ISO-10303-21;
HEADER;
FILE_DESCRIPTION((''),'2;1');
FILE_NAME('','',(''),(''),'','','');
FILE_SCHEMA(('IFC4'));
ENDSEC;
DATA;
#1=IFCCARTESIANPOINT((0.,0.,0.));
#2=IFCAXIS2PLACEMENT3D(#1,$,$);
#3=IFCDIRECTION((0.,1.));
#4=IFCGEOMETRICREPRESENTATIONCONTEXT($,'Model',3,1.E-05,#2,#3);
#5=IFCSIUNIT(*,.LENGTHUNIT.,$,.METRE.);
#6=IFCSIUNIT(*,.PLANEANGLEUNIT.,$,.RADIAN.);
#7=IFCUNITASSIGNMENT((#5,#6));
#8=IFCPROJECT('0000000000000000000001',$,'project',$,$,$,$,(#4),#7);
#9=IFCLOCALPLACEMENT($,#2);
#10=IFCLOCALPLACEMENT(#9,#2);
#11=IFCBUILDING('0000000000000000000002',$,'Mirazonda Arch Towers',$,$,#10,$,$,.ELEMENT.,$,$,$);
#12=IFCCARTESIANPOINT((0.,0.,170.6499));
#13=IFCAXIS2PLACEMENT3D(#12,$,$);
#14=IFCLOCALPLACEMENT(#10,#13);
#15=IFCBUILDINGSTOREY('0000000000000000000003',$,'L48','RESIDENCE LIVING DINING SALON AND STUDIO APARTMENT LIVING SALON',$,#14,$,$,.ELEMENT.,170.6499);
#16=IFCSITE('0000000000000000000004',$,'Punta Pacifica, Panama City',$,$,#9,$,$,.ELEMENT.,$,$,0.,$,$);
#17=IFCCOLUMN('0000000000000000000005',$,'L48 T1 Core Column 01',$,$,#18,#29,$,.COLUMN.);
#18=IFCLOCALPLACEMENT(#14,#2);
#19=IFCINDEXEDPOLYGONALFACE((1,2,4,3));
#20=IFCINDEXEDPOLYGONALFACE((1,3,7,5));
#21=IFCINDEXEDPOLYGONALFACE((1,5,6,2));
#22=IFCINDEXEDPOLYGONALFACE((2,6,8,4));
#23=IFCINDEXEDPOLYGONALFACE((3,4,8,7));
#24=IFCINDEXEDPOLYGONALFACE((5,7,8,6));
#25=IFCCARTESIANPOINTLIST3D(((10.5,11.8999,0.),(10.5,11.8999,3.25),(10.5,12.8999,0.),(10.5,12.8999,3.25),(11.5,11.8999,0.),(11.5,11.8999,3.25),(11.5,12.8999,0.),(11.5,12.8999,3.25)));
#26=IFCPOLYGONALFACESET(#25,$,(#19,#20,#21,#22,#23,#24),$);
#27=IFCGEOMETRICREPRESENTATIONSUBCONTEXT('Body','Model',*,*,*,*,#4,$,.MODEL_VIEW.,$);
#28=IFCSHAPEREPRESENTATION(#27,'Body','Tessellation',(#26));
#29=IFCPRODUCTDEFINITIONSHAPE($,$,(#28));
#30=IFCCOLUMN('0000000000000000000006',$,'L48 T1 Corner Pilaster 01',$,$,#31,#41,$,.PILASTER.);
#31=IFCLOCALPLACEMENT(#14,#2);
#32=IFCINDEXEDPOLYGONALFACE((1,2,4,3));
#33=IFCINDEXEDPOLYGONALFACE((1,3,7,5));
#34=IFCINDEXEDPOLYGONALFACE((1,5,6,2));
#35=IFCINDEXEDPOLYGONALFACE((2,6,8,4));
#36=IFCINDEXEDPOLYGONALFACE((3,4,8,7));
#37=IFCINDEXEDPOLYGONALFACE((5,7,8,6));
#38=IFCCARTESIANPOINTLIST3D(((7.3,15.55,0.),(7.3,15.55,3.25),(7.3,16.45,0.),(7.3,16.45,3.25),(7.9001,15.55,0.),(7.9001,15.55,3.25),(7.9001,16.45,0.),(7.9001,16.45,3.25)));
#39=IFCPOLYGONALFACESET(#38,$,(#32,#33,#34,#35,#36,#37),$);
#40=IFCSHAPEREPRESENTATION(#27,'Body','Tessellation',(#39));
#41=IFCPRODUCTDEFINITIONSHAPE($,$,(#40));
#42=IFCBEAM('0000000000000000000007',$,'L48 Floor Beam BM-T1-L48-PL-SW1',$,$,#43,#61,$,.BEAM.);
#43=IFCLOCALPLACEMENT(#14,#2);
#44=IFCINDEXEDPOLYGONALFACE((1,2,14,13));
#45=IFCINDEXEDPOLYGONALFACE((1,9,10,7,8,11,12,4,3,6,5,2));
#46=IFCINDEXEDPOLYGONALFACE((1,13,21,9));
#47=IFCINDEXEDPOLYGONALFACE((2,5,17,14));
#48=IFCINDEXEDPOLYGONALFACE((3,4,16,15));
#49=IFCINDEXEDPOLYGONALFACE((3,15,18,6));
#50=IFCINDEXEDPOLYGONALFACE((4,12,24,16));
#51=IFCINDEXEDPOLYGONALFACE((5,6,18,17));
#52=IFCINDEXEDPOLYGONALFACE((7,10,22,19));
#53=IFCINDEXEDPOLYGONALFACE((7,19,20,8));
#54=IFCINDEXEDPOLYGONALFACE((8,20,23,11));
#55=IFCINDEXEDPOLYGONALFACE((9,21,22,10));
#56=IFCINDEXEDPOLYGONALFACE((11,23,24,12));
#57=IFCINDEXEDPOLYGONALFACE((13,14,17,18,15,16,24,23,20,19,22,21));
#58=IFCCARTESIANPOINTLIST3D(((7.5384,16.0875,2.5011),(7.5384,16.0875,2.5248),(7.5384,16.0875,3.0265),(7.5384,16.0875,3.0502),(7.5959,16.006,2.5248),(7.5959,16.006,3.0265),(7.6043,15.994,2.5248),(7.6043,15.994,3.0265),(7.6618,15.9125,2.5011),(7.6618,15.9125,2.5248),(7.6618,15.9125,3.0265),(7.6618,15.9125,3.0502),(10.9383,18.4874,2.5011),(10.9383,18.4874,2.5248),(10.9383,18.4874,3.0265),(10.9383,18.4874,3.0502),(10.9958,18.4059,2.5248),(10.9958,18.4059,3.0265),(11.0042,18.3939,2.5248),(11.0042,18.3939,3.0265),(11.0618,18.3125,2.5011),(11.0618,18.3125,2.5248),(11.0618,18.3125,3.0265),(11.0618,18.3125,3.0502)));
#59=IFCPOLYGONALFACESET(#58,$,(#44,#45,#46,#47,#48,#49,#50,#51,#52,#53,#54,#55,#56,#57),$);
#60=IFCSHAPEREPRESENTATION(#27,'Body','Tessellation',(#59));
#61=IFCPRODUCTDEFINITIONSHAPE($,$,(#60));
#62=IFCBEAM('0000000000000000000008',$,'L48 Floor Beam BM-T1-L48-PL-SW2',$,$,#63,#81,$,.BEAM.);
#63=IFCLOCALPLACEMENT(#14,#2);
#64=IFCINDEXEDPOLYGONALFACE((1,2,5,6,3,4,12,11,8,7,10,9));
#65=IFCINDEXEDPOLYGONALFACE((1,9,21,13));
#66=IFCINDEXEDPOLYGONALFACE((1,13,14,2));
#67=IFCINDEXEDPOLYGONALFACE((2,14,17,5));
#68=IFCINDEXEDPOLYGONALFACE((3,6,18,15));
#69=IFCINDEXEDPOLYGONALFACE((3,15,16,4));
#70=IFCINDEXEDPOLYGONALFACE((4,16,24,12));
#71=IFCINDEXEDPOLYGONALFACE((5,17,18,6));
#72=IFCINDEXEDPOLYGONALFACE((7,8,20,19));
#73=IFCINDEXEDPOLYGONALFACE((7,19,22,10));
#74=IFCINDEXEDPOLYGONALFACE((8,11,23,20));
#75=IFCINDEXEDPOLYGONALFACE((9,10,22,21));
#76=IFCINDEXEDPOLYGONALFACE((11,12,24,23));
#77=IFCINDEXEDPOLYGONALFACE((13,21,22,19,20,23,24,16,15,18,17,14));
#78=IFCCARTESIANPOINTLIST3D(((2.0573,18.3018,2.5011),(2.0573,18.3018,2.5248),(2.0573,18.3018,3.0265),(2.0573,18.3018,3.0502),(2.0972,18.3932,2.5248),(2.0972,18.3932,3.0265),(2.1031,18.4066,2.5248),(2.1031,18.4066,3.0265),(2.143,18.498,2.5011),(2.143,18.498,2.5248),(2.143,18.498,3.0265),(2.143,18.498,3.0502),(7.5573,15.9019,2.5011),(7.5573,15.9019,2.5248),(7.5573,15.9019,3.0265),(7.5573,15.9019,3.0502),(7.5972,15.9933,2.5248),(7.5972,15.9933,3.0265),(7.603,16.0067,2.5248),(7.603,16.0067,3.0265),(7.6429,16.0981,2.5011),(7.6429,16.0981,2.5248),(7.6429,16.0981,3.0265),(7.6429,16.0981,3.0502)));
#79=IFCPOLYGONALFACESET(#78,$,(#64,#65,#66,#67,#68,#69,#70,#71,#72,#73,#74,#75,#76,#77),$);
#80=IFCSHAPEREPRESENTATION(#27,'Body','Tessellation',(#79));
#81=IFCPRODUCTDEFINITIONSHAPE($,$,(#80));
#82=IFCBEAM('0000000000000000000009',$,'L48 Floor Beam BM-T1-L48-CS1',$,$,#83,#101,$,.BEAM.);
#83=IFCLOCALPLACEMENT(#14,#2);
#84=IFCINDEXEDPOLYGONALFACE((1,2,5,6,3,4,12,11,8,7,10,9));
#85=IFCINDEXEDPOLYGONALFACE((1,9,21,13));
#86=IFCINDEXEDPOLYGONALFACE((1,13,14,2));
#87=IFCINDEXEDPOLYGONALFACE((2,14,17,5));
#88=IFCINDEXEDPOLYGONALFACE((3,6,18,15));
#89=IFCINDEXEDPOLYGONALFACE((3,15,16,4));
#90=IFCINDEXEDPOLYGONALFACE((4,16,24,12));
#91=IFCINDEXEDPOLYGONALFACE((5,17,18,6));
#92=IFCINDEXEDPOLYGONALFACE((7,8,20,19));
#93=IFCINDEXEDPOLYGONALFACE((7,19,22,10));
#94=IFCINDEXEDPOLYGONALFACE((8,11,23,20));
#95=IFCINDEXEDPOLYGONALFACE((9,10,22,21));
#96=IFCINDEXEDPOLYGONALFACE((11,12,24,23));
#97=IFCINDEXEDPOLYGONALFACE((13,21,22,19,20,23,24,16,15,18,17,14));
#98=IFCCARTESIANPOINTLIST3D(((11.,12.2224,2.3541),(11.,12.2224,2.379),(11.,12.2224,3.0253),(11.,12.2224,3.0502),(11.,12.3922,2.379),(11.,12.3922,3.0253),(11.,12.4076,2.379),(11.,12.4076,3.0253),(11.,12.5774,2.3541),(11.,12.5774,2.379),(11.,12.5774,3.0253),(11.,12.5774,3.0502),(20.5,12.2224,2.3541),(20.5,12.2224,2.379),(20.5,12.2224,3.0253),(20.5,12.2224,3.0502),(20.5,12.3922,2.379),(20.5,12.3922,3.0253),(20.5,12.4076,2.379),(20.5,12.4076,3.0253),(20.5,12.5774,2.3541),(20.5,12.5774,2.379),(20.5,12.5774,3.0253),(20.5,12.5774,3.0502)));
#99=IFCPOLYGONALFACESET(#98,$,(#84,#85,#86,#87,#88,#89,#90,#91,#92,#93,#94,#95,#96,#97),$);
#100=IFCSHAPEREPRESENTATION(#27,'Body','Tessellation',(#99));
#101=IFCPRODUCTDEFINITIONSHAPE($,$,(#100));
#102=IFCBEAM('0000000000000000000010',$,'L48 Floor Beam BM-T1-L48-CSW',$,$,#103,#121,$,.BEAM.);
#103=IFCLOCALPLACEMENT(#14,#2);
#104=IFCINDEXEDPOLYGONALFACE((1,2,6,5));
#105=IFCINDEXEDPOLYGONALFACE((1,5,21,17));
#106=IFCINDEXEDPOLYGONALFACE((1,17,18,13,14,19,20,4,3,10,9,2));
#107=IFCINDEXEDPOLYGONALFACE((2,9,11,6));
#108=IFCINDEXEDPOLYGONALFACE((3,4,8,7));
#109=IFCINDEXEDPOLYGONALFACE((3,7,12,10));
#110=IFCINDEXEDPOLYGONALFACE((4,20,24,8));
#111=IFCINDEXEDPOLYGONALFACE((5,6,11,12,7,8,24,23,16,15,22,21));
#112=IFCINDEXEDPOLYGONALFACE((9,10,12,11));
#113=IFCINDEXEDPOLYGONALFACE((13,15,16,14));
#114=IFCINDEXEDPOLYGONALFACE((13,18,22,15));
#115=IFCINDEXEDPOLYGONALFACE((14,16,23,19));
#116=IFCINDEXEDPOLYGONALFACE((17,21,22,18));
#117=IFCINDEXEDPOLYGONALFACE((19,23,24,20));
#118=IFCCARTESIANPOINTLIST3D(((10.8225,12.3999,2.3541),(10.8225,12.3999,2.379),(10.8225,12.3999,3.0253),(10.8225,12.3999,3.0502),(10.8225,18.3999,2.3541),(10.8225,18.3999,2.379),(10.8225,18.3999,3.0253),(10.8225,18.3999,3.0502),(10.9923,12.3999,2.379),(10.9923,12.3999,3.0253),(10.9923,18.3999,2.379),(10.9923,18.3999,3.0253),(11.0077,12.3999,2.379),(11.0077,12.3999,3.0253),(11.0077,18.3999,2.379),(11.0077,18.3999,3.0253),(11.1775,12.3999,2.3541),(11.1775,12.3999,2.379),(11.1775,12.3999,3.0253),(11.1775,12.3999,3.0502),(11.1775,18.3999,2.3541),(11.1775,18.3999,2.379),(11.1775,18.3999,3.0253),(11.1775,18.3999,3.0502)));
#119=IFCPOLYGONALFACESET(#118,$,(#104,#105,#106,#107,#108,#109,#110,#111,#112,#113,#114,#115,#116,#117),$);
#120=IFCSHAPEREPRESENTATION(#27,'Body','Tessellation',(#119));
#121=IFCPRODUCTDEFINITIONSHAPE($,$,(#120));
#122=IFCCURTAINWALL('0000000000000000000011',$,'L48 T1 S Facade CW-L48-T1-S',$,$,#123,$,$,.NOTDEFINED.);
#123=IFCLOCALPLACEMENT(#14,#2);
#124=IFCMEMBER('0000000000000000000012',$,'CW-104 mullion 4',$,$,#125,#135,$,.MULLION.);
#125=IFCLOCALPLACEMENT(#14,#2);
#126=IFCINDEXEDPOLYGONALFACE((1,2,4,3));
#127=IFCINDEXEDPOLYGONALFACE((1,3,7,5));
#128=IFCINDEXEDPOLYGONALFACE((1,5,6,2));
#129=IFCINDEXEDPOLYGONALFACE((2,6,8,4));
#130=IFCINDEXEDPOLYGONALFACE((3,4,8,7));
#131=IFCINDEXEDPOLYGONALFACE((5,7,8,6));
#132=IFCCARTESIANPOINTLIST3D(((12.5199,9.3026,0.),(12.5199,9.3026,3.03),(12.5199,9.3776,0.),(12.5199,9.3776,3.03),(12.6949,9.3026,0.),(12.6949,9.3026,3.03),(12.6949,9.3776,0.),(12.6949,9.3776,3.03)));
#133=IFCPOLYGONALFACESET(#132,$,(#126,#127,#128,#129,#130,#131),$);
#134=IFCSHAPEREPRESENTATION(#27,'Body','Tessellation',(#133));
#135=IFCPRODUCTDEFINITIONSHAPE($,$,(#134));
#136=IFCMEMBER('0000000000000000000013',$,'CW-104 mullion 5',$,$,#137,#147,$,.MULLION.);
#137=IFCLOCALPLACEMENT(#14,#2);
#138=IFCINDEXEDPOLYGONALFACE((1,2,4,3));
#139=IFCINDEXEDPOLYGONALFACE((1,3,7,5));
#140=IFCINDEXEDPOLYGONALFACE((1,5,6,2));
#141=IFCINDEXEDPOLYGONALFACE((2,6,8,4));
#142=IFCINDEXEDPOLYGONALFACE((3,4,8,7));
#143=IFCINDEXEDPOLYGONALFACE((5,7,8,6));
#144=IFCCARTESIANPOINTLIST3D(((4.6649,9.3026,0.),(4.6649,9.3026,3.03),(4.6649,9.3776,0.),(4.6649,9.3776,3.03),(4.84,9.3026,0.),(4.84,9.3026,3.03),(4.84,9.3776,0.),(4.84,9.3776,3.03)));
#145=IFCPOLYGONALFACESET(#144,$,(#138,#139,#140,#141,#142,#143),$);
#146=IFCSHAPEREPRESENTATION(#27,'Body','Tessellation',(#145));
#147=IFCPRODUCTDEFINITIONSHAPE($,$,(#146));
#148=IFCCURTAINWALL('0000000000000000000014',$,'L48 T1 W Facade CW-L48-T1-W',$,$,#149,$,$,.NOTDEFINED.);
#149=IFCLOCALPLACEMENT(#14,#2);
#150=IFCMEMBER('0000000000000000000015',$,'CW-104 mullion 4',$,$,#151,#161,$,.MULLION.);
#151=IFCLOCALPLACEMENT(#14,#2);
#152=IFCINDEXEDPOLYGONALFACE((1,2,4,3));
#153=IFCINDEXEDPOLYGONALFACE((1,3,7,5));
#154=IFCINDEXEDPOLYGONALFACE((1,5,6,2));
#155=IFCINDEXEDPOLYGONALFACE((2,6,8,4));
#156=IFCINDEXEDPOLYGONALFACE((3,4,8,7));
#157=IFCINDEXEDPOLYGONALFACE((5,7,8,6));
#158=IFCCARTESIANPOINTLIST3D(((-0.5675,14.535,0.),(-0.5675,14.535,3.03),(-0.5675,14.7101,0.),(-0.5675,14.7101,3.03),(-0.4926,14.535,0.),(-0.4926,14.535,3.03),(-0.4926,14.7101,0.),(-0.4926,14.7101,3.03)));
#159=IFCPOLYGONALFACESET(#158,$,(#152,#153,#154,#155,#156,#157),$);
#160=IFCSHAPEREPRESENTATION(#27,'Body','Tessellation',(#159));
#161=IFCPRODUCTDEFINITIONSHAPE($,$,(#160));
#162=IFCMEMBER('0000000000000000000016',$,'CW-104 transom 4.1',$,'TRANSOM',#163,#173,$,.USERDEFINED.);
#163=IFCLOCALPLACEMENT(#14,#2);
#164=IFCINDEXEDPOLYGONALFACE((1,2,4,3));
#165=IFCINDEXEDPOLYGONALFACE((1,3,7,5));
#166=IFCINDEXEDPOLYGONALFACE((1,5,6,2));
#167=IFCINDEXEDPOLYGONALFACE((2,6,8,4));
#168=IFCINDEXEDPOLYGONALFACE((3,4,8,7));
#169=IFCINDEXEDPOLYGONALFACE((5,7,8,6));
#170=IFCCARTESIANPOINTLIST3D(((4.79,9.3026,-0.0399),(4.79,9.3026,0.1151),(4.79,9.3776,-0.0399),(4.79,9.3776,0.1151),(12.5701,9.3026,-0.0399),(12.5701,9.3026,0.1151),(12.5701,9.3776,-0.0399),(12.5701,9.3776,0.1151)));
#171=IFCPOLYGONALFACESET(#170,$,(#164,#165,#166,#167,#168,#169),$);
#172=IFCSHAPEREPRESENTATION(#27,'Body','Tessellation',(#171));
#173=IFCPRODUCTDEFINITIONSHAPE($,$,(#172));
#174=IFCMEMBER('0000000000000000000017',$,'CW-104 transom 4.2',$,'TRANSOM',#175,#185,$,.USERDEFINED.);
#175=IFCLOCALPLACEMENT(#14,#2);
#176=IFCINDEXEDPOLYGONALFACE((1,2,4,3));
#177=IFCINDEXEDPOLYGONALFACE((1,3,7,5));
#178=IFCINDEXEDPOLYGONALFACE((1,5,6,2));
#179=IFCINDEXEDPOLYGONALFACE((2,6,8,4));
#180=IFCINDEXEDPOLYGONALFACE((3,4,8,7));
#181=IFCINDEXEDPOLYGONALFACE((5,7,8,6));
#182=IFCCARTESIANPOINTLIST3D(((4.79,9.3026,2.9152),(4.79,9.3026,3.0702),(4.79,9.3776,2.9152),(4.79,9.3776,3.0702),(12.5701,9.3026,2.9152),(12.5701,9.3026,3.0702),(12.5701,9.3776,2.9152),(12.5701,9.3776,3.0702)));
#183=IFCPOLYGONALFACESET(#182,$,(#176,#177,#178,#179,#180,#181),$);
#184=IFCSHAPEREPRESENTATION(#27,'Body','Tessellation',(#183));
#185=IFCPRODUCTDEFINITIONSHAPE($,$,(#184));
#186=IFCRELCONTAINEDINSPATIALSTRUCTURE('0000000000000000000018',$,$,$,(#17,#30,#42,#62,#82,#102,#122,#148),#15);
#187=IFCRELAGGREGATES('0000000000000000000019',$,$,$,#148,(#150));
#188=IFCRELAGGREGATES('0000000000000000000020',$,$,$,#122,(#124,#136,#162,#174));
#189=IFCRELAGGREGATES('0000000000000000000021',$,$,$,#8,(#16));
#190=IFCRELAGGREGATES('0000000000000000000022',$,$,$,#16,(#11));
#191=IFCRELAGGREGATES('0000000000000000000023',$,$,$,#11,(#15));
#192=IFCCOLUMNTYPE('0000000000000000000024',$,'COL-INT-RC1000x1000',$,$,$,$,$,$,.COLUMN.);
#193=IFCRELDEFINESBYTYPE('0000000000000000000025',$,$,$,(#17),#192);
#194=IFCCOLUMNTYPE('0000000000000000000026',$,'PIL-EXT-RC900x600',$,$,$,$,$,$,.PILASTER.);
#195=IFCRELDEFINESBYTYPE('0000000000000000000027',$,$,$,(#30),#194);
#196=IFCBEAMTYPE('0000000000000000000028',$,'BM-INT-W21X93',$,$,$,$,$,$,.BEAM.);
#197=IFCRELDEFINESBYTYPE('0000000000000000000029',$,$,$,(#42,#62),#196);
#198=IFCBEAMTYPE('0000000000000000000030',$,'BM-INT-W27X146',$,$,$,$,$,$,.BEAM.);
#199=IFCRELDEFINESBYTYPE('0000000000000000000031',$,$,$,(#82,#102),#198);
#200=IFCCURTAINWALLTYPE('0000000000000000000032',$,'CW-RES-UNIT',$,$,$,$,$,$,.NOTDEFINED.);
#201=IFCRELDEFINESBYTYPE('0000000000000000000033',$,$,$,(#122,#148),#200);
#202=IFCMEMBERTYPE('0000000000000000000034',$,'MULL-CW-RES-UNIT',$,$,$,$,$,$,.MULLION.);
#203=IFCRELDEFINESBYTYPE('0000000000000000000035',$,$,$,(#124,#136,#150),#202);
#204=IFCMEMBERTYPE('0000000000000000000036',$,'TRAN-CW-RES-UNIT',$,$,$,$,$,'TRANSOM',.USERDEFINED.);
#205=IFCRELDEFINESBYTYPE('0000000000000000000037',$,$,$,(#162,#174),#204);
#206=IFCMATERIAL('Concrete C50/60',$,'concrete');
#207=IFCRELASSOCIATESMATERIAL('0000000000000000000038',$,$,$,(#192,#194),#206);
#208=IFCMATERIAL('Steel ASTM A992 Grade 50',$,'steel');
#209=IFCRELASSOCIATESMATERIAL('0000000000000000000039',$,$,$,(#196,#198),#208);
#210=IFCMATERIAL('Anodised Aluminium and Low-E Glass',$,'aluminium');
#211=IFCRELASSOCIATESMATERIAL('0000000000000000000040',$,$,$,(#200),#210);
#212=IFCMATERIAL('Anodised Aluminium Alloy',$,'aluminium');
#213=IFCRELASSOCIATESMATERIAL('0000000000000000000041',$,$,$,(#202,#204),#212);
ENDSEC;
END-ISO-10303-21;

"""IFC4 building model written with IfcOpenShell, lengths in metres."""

from ifc_helpers import new_model, si_unit, direction, frame, origin, origin_2d, place, context, subcontext, project, spatial, rectangle, i_section, extrude, material, material_profile, profile_set, type_object, element, aggregate, save


model = new_model("IFC4")

# Units and contexts
model_context = context("Model", 3, precision=1e-05, world=origin(), true_north=direction((0.0, 1.0)))
body_context = subcontext(model_context, "Body", "Model", "MODEL_VIEW")
ifc_project = project(units=[si_unit("LENGTHUNIT", "METRE"), si_unit("PLANEANGLEUNIT", "RADIAN")], contexts=[model_context])

# Site, building, storey
site_placement = place(None, origin())
site = spatial("IfcSite", under=ifc_project, at=site_placement, Name="Punta Pacifica, Panama City", CompositionType="ELEMENT", RefElevation=0.0)
building_placement = place(site_placement, origin())
building = spatial("IfcBuilding", under=site, at=building_placement, Name="Mirazonda Arch Towers", CompositionType="ELEMENT")
storey_placement = place(building_placement, frame((0.0, 0.0, 170.6499)))
storey = spatial("IfcBuildingStorey", under=building, at=storey_placement, Name="L48", Description="RESIDENCE LIVING DINING SALON AND STUDIO APARTMENT LIVING SALON", CompositionType="ELEMENT", Elevation=170.6499)

# Columns
ifc_material_1 = material(Name="Concrete C50/60", Category="concrete")
ifc_material_profile_1 = material_profile(ifc_material_1, rectangle(XDim=1.0, YDim=1.0, at=origin_2d()), Name="RC1000x1000")
ifc_profile_set_1 = profile_set([ifc_material_profile_1], Name="Concrete C50/60")
column_type_1 = type_object("IfcColumnType", Name="COL-INT-RC1000x1000", PredefinedType="COLUMN", material=ifc_profile_set_1)
column_1_placement = place(storey_placement, frame((11.0, 12.3999, 0.0), z_axis=(0.0, 0.0, 1.0), x_axis=(1.0, 0.0, 0.0)))
element("IfcColumn", 1, at=column_1_placement, inside=storey, type_object=column_type_1, Name="L48 T1 Core Column 01", PredefinedType="COLUMN", context=body_context, shape_type="SweptSolid", body=[
    extrude(rectangle(XDim=1.0, YDim=1.0, at=origin_2d()), origin(), (0.0, 0.0, 1.0), 3.25),
])
ifc_material_profile_2 = material_profile(ifc_material_1, rectangle(XDim=0.6001, YDim=0.8999, at=origin_2d()), Name="RC900x600")
ifc_profile_set_2 = profile_set([ifc_material_profile_2], Name="Concrete C50/60")
column_type_2 = type_object("IfcColumnType", Name="PIL-EXT-RC900x600", PredefinedType="PILASTER", material=ifc_profile_set_2)
column_2_placement = place(storey_placement, frame((7.6001, 16.0, 0.0), z_axis=(0.0, 0.0, 1.0), x_axis=(1.0, 0.0, 0.0)))
element("IfcColumn", 2, at=column_2_placement, inside=storey, type_object=column_type_2, Name="L48 T1 Corner Pilaster 01", PredefinedType="PILASTER", context=body_context, shape_type="SweptSolid", body=[
    extrude(rectangle(XDim=0.6001, YDim=0.8999, at=origin_2d()), origin(), (0.0, 0.0, 1.0), 3.25),
])

# Beams
ifc_material_2 = material(Name="Steel ASTM A992 Grade 50", Category="steel")
ifc_material_profile_3 = material_profile(ifc_material_2, i_section(OverallWidth=0.2141, OverallDepth=0.5491, WebThickness=0.0146, FlangeThickness=0.0237, at=origin_2d()), Name="W21X93")
ifc_profile_set_3 = profile_set([ifc_material_profile_3], Name="Steel ASTM A992 Grade 50")
beam_type_1 = type_object("IfcBeamType", Name="BM-INT-W21X93", PredefinedType="BEAM", material=ifc_profile_set_3)
beam_1_placement = place(storey_placement, frame((7.6001, 16.0, 2.7756), z_axis=(0.816971, 0.576679, 0.0), x_axis=(-0.576679, 0.816971, 0.0)))
element("IfcBeam", 3, at=beam_1_placement, inside=storey, type_object=beam_type_1, Name="L48 Floor Beam BM-T1-L48-PL-SW1", PredefinedType="BEAM", context=body_context, shape_type="SweptSolid", body=[
    extrude(i_section(OverallWidth=0.2141, OverallDepth=0.5491, WebThickness=0.0146, FlangeThickness=0.0237, at=origin_2d()), origin(), (0.0, 0.0, 1.0), 4.1616),
])
beam_2_placement = place(storey_placement, frame((7.6001, 16.0, 2.7756), z_axis=(-0.916545, 0.399931, 0.0), x_axis=(-0.399931, -0.916545, 0.0)))
element("IfcBeam", 4, at=beam_2_placement, inside=storey, type_object=beam_type_1, Name="L48 Floor Beam BM-T1-L48-PL-SW2", PredefinedType="BEAM", context=body_context, shape_type="SweptSolid", body=[
    extrude(i_section(OverallWidth=0.2141, OverallDepth=0.5491, WebThickness=0.0146, FlangeThickness=0.0237, at=origin_2d()), origin(), (0.0, 0.0, 1.0), 6.0007),
])
ifc_material_profile_4 = material_profile(ifc_material_2, i_section(OverallWidth=0.355, OverallDepth=0.696, WebThickness=0.0154, FlangeThickness=0.0249, at=origin_2d()), Name="W27X146")
ifc_profile_set_4 = profile_set([ifc_material_profile_4], Name="Steel ASTM A992 Grade 50")
beam_type_2 = type_object("IfcBeamType", Name="BM-INT-W27X146", PredefinedType="BEAM", material=ifc_profile_set_4)
beam_3_placement = place(storey_placement, frame((11.0, 12.3999, 2.7021), z_axis=(1.0, 0.0, 0.0), x_axis=(0.0, 1.0, 0.0)))
element("IfcBeam", 5, at=beam_3_placement, inside=storey, type_object=beam_type_2, Name="L48 Floor Beam BM-T1-L48-CS1", PredefinedType="BEAM", context=body_context, shape_type="SweptSolid", body=[
    extrude(i_section(OverallWidth=0.355, OverallDepth=0.696, WebThickness=0.0154, FlangeThickness=0.0249, at=origin_2d()), origin(), (0.0, 0.0, 1.0), 9.5),
])
beam_4_placement = place(storey_placement, frame((11.0, 12.3999, 2.7021), z_axis=(0.0, 1.0, 0.0), x_axis=(-1.0, 0.0, 0.0)))
element("IfcBeam", 6, at=beam_4_placement, inside=storey, type_object=beam_type_2, Name="L48 Floor Beam BM-T1-L48-CSW", PredefinedType="BEAM", context=body_context, shape_type="SweptSolid", body=[
    extrude(i_section(OverallWidth=0.355, OverallDepth=0.696, WebThickness=0.0154, FlangeThickness=0.0249, at=origin_2d()), origin(), (0.0, 0.0, 1.0), 6.0),
])

# Curtain wall, members
ifc_material_3 = material(Name="Anodised Aluminium and Low-E Glass", Category="aluminium")
curtain_wall_type = type_object("IfcCurtainWallType", Name="CW-RES-UNIT", PredefinedType="NOTDEFINED", material=ifc_material_3)
curtain_wall_1_placement = place(storey_placement, origin())
curtain_wall_1 = element("IfcCurtainWall", 7, at=curtain_wall_1_placement, inside=storey, type_object=curtain_wall_type, Name="L48 T1 S Facade CW-L48-T1-S", PredefinedType="NOTDEFINED")
ifc_material_4 = material(Name="Anodised Aluminium Alloy", Category="aluminium")
ifc_material_profile_5 = material_profile(ifc_material_4, rectangle(XDim=0.075, YDim=0.175, at=origin_2d()), Name="ALU-MULL-75x175")
ifc_profile_set_5 = profile_set([ifc_material_profile_5], Name="Anodised Aluminium Alloy")
member_type_1 = type_object("IfcMemberType", Name="MULL-CW-RES-UNIT", PredefinedType="MULLION", material=ifc_profile_set_5)
member_1_placement = place(storey_placement, frame((12.6074, 9.3401, 0.0), z_axis=(0.0, 0.0, 1.0), x_axis=(0.0, -1.0, 0.0)))
member_1 = element("IfcMember", 8, at=member_1_placement, type_object=member_type_1, Name="CW-104 mullion 4", PredefinedType="MULLION", context=body_context, shape_type="SweptSolid", body=[
    extrude(rectangle(XDim=0.075, YDim=0.175, at=origin_2d()), origin(), (0.0, 0.0, 1.0), 3.03),
])
member_2_placement = place(storey_placement, frame((4.7524, 9.3401, 0.0), z_axis=(0.0, 0.0, 1.0), x_axis=(0.0, -1.0, 0.0)))
member_2 = element("IfcMember", 9, at=member_2_placement, type_object=member_type_1, Name="CW-104 mullion 5", PredefinedType="MULLION", context=body_context, shape_type="SweptSolid", body=[
    extrude(rectangle(XDim=0.075, YDim=0.175, at=origin_2d()), origin(), (0.0, 0.0, 1.0), 3.03),
])

# Curtain wall, member
curtain_wall_2_placement = place(storey_placement, origin())
curtain_wall_2 = element("IfcCurtainWall", 10, at=curtain_wall_2_placement, inside=storey, type_object=curtain_wall_type, Name="L48 T1 W Facade CW-L48-T1-W", PredefinedType="NOTDEFINED")
member_3_placement = place(storey_placement, frame((-0.53, 14.6226, 0.0), z_axis=(0.0, 0.0, 1.0), x_axis=(1.0, 0.0, 0.0)))
member_3 = element("IfcMember", 11, at=member_3_placement, type_object=member_type_1, Name="CW-104 mullion 4", PredefinedType="MULLION", context=body_context, shape_type="SweptSolid", body=[
    extrude(rectangle(XDim=0.075, YDim=0.175, at=origin_2d()), origin(), (0.0, 0.0, 1.0), 3.03),
])
aggregate(curtain_wall_2, [member_3])

# Members
ifc_material_profile_6 = material_profile(ifc_material_4, rectangle(XDim=0.075, YDim=0.155, at=origin_2d()), Name="ALU-TRAN-75x155")
ifc_profile_set_6 = profile_set([ifc_material_profile_6], Name="Anodised Aluminium Alloy")
member_type_2 = type_object("IfcMemberType", Name="TRAN-CW-RES-UNIT", ElementType="TRANSOM", PredefinedType="USERDEFINED", material=ifc_profile_set_6)
member_4_placement = place(storey_placement, frame((12.5701, 9.3401, 0.0376), z_axis=(-1.0, 0.0, 0.0), x_axis=(0.0, -1.0, 0.0)))
member_4 = element("IfcMember", 12, at=member_4_placement, type_object=member_type_2, Name="CW-104 transom 4.1", ObjectType="TRANSOM", PredefinedType="USERDEFINED", context=body_context, shape_type="SweptSolid", body=[
    extrude(rectangle(XDim=0.075, YDim=0.155, at=origin_2d()), origin(), (0.0, 0.0, 1.0), 7.78),
])
member_5_placement = place(storey_placement, frame((12.5701, 9.3401, 2.9927), z_axis=(-1.0, 0.0, 0.0), x_axis=(0.0, -1.0, 0.0)))
member_5 = element("IfcMember", 13, at=member_5_placement, type_object=member_type_2, Name="CW-104 transom 4.2", ObjectType="TRANSOM", PredefinedType="USERDEFINED", context=body_context, shape_type="SweptSolid", body=[
    extrude(rectangle(XDim=0.075, YDim=0.155, at=origin_2d()), origin(), (0.0, 0.0, 1.0), 7.78),
])

aggregate(curtain_wall_1, [member_1, member_2, member_4, member_5])

save(model, "model.ifc")
